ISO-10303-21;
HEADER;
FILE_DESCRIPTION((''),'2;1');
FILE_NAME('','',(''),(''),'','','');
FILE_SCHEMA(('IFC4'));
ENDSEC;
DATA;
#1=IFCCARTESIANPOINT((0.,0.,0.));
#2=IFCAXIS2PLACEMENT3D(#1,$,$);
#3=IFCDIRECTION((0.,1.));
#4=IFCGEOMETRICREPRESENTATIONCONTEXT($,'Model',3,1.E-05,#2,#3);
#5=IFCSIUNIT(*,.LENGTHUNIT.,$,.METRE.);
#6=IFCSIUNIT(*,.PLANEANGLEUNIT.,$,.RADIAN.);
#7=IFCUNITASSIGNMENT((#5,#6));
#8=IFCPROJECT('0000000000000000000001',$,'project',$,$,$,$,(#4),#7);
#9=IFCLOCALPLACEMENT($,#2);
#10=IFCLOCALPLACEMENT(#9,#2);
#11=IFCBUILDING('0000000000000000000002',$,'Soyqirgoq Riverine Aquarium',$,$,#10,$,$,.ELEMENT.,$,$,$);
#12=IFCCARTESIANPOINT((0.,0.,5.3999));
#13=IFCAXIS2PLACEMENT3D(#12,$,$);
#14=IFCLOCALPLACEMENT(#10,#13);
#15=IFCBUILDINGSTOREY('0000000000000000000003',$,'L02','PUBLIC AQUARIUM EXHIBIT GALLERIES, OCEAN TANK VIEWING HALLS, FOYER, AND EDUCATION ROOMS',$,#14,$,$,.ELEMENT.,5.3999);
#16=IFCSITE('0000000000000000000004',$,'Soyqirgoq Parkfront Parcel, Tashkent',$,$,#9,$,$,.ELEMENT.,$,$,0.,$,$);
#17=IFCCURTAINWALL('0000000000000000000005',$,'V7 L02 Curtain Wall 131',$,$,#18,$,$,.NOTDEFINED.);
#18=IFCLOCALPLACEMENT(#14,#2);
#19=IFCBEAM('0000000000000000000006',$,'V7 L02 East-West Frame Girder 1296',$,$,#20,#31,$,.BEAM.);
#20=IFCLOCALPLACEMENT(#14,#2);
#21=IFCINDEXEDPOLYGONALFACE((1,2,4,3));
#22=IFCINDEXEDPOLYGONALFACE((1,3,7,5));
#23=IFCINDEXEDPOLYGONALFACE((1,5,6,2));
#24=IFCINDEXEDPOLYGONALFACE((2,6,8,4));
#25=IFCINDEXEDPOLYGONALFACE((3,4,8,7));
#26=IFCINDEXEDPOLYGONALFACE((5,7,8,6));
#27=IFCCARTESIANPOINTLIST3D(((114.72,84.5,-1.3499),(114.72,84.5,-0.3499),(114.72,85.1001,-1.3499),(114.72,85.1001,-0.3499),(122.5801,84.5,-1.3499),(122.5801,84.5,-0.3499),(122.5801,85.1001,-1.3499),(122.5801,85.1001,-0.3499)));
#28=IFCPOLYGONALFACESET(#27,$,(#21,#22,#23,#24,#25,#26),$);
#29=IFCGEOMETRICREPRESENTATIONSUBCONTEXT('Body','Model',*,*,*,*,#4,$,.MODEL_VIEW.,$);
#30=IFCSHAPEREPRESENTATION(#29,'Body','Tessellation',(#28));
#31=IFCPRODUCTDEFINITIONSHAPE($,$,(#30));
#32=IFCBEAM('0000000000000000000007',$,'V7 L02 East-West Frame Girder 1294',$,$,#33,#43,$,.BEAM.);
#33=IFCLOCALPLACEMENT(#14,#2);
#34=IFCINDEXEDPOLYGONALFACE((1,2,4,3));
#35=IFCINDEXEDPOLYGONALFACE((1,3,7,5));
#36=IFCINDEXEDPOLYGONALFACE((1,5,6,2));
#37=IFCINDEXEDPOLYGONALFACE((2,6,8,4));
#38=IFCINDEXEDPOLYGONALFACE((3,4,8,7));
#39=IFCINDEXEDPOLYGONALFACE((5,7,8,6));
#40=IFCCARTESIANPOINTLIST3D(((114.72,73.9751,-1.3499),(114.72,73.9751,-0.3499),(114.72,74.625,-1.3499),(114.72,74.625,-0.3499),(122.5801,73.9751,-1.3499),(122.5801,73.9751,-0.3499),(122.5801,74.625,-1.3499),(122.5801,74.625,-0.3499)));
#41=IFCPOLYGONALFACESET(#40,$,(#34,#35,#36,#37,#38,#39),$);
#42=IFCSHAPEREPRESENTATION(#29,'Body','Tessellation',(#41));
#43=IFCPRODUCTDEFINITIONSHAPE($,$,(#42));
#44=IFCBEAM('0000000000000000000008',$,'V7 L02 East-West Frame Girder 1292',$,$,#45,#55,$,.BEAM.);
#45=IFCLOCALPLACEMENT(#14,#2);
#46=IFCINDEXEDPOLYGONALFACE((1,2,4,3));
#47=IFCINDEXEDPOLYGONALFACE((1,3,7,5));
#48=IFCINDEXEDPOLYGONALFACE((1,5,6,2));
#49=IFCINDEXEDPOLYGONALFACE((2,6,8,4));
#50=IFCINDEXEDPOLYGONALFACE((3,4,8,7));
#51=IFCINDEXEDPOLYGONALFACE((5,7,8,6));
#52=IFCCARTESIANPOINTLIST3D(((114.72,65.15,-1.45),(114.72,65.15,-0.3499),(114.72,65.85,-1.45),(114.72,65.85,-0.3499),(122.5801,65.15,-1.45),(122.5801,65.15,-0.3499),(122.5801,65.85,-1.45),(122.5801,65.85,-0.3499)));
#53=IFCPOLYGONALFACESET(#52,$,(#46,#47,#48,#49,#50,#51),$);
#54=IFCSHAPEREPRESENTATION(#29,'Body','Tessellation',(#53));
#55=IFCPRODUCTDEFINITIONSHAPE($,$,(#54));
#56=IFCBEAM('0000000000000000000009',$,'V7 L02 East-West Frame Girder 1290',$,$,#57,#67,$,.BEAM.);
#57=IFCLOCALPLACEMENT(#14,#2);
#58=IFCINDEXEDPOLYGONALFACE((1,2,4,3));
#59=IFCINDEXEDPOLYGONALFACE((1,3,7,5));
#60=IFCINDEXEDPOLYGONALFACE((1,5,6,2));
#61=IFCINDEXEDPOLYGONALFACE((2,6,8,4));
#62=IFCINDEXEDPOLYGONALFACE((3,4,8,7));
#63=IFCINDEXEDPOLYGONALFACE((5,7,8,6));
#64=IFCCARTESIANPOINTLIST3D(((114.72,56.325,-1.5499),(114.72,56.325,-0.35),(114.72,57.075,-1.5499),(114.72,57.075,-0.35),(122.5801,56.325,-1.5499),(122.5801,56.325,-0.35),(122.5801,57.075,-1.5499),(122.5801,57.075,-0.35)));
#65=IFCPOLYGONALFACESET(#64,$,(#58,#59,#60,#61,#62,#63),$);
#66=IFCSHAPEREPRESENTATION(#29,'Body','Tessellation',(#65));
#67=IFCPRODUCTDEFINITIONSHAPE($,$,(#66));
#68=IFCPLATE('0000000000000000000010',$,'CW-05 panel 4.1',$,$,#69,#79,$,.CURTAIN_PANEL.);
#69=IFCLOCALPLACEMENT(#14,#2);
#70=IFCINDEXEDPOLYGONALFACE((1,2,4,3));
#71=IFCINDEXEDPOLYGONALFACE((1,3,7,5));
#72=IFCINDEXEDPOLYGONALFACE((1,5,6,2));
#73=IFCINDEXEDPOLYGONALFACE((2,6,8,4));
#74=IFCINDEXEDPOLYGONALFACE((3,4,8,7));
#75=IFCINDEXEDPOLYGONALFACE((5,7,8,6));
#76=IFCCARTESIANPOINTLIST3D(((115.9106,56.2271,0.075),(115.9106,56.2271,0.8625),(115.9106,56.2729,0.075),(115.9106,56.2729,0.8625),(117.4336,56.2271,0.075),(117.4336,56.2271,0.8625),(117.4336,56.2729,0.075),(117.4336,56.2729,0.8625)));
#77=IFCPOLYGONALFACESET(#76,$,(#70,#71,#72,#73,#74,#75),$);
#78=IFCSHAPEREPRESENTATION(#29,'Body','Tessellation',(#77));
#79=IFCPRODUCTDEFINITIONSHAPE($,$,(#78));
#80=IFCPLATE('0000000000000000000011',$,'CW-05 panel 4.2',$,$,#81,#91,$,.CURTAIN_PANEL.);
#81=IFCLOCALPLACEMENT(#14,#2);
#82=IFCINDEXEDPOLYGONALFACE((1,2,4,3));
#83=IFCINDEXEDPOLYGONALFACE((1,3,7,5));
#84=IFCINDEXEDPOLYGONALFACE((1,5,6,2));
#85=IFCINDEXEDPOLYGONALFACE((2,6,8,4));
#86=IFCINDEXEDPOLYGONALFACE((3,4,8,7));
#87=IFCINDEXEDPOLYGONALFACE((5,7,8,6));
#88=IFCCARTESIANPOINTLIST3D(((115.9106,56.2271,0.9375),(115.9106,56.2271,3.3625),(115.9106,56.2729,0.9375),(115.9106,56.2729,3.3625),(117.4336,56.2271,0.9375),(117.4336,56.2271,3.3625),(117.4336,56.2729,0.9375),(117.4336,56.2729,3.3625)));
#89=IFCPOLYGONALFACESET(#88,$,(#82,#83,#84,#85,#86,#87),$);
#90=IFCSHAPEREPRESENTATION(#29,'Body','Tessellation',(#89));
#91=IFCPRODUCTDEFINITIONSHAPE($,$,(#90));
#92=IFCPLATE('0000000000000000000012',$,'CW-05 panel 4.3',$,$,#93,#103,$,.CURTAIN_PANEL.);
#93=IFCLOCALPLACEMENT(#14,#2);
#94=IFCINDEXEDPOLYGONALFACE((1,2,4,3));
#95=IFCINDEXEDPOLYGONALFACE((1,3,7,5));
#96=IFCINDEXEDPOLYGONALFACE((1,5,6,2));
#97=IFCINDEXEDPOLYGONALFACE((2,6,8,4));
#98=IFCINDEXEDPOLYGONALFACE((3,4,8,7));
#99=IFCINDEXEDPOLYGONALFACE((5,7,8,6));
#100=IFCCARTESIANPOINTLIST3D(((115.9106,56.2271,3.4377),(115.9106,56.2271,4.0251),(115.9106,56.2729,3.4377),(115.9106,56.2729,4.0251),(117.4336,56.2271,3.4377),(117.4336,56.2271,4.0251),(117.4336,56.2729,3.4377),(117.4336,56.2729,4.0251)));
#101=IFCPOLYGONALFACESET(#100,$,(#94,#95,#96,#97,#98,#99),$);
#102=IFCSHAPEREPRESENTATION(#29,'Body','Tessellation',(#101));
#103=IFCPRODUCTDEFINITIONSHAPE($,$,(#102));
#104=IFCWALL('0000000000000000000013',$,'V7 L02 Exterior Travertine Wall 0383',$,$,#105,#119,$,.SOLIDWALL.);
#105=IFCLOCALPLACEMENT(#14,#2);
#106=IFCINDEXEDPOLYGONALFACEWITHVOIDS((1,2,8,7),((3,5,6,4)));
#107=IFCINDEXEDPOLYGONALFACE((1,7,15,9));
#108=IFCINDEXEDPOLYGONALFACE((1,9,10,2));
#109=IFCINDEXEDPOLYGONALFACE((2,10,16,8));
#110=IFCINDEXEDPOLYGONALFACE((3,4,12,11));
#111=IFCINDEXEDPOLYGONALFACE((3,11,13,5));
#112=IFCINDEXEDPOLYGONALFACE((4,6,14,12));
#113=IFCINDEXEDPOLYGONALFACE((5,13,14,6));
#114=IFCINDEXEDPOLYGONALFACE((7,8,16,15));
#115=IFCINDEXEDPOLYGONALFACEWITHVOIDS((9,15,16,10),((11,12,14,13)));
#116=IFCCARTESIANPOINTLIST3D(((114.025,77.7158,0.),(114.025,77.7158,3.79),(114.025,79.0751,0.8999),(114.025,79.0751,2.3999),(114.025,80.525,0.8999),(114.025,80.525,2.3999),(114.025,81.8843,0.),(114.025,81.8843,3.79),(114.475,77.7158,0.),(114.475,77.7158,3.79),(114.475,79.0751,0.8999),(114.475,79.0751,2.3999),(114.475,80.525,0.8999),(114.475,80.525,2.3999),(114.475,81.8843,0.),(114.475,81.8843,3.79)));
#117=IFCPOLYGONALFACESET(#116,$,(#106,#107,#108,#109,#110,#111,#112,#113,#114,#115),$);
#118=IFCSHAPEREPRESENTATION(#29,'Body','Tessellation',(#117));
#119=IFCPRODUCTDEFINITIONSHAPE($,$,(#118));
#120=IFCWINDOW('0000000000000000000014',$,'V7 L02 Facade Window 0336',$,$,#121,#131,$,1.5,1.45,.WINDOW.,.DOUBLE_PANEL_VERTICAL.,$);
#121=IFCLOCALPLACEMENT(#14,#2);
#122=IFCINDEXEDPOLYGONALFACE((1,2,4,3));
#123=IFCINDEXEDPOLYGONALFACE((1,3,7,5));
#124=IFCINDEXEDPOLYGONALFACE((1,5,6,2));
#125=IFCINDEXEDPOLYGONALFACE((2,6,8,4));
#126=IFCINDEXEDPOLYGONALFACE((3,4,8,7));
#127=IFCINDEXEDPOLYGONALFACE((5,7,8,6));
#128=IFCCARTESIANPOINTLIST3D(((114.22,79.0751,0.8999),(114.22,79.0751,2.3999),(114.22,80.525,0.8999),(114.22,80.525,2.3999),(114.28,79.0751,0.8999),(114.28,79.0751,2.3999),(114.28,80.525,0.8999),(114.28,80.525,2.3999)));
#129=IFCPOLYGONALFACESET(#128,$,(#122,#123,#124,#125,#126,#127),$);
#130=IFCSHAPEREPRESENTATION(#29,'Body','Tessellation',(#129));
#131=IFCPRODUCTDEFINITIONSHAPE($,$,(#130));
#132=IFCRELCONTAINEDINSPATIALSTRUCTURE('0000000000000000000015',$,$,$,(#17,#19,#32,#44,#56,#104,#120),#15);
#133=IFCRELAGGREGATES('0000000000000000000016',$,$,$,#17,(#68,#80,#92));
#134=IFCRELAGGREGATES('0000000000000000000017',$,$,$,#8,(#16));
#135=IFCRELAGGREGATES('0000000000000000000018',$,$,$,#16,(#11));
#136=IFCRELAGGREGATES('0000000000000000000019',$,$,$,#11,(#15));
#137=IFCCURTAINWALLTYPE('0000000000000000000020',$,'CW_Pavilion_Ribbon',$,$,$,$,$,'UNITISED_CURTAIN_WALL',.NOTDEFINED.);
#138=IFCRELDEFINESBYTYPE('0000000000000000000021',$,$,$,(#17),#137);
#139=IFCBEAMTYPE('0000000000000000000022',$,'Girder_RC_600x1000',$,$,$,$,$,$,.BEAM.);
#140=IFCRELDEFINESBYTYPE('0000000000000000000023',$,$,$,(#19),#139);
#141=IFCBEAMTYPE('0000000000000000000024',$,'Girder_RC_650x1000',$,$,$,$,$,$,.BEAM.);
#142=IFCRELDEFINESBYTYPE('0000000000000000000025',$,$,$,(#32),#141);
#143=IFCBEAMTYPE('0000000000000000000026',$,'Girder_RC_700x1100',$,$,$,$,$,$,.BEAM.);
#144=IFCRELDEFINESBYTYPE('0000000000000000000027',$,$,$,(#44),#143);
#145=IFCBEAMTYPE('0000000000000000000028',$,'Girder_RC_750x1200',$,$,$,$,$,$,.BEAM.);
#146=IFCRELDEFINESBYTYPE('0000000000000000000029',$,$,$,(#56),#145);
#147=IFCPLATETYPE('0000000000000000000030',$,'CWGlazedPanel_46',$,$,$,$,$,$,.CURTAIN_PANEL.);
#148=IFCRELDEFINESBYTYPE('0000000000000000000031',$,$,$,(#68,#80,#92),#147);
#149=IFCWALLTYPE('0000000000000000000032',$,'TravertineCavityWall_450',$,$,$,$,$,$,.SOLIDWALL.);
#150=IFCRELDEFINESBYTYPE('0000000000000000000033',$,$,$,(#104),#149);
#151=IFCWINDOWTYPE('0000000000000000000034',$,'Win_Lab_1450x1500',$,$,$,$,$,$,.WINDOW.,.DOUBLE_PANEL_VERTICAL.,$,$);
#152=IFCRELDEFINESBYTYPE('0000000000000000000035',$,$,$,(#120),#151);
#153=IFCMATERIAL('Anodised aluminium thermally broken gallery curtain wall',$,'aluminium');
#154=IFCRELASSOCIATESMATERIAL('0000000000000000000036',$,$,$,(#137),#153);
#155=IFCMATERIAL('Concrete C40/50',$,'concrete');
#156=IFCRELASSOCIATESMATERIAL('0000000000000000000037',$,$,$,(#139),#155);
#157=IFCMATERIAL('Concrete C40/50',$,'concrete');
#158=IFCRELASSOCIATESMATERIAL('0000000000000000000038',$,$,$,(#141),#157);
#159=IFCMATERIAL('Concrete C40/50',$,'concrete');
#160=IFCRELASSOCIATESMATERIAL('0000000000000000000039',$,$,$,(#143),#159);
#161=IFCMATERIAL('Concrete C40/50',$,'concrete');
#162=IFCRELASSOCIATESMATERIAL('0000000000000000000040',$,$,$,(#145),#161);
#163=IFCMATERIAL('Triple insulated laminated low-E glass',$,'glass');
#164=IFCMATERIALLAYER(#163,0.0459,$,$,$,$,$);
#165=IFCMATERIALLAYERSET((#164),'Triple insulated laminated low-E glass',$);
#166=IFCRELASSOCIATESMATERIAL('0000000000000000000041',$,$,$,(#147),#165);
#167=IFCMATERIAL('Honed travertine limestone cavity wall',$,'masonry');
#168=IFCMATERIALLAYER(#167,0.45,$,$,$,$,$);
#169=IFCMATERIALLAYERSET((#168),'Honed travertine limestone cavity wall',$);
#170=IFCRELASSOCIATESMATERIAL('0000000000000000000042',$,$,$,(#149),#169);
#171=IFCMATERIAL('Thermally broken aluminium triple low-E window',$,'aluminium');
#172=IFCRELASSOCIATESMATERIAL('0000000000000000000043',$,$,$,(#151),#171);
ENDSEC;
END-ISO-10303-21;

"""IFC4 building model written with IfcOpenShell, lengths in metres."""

from ifc_helpers import new_model, si_unit, direction, frame, frame_2d, origin, origin_2d, place, context, subcontext, project, spatial, rectangle, extrude, material, layer, layer_set, material_profile, profile_set, type_object, element, fill, aggregate, save


model = new_model("IFC4")

# Units and contexts
model_context = context("Model", 3, precision=1e-05, world=origin(), true_north=direction((0.0, 1.0)))
body_context = subcontext(model_context, "Body", "Model", "MODEL_VIEW")
ifc_project = project(units=[si_unit("LENGTHUNIT", "METRE"), si_unit("PLANEANGLEUNIT", "RADIAN")], contexts=[model_context])

# Site, building, storey
site_placement = place(None, origin())
site = spatial("IfcSite", under=ifc_project, at=site_placement, Name="Soyqirgoq Parkfront Parcel, Tashkent", CompositionType="ELEMENT", RefElevation=0.0)
building_placement = place(site_placement, origin())
building = spatial("IfcBuilding", under=site, at=building_placement, Name="Soyqirgoq Riverine Aquarium", CompositionType="ELEMENT")
storey_placement = place(building_placement, frame((0.0, 0.0, 5.3999)))
storey = spatial("IfcBuildingStorey", under=building, at=storey_placement, Name="L02", Description="PUBLIC AQUARIUM EXHIBIT GALLERIES, OCEAN TANK VIEWING HALLS, FOYER, AND EDUCATION ROOMS", CompositionType="ELEMENT", Elevation=5.3999)

# Curtain wall
ifc_material_1 = material(Name="Anodised aluminium thermally broken gallery curtain wall", Category="aluminium")
curtain_wall_type = type_object("IfcCurtainWallType", Name="CW_Pavilion_Ribbon", ElementType="UNITISED_CURTAIN_WALL", PredefinedType="NOTDEFINED", material=ifc_material_1)
curtain_wall_placement = place(storey_placement, origin())
curtain_wall = element("IfcCurtainWall", 1, at=curtain_wall_placement, inside=storey, type_object=curtain_wall_type, Name="V7 L02 Curtain Wall 131", PredefinedType="NOTDEFINED")

# Beams
ifc_material_2 = material(Name="Concrete C40/50", Category="concrete")
ifc_material_profile_1 = material_profile(ifc_material_2, rectangle(XDim=0.6001, YDim=1.0, at=origin_2d()), Name="RC 600x1000")
ifc_profile_set_1 = profile_set([ifc_material_profile_1], Name="Concrete C40/50")
beam_type_1 = type_object("IfcBeamType", Name="Girder_RC_600x1000", PredefinedType="BEAM", material=ifc_profile_set_1)
beam_1_placement = place(storey_placement, frame((114.72, 84.8, -0.8499), z_axis=(1.0, 0.0, 0.0), x_axis=(0.0, 1.0, 0.0)))
element("IfcBeam", 2, at=beam_1_placement, inside=storey, type_object=beam_type_1, Name="V7 L02 East-West Frame Girder 1296", PredefinedType="BEAM", context=body_context, shape_type="SweptSolid", body=[
    extrude(rectangle(XDim=0.6001, YDim=1.0, at=origin_2d()), origin(), (0.0, 0.0, 1.0), 7.8601),
])
ifc_material_3 = material(Name="Concrete C40/50", Category="concrete")
ifc_material_profile_2 = material_profile(ifc_material_3, rectangle(XDim=0.6499, YDim=1.0, at=origin_2d()), Name="RC 650x1000")
ifc_profile_set_2 = profile_set([ifc_material_profile_2], Name="Concrete C40/50")
beam_type_2 = type_object("IfcBeamType", Name="Girder_RC_650x1000", PredefinedType="BEAM", material=ifc_profile_set_2)
beam_2_placement = place(storey_placement, frame((114.72, 74.3, -0.8499), z_axis=(1.0, 0.0, 0.0), x_axis=(0.0, 1.0, 0.0)))
element("IfcBeam", 3, at=beam_2_placement, inside=storey, type_object=beam_type_2, Name="V7 L02 East-West Frame Girder 1294", PredefinedType="BEAM", context=body_context, shape_type="SweptSolid", body=[
    extrude(rectangle(XDim=0.6499, YDim=1.0, at=origin_2d()), origin(), (0.0, 0.0, 1.0), 7.8601),
])
ifc_material_4 = material(Name="Concrete C40/50", Category="concrete")
ifc_material_profile_3 = material_profile(ifc_material_4, rectangle(XDim=0.7, YDim=1.1001, at=origin_2d()), Name="RC 700x1100")
ifc_profile_set_3 = profile_set([ifc_material_profile_3], Name="Concrete C40/50")
beam_type_3 = type_object("IfcBeamType", Name="Girder_RC_700x1100", PredefinedType="BEAM", material=ifc_profile_set_3)
beam_3_placement = place(storey_placement, frame((114.72, 65.5, -0.8999), z_axis=(1.0, 0.0, 0.0), x_axis=(0.0, 1.0, 0.0)))
element("IfcBeam", 4, at=beam_3_placement, inside=storey, type_object=beam_type_3, Name="V7 L02 East-West Frame Girder 1292", PredefinedType="BEAM", context=body_context, shape_type="SweptSolid", body=[
    extrude(rectangle(XDim=0.7, YDim=1.1001, at=origin_2d()), origin(), (0.0, 0.0, 1.0), 7.8601),
])
ifc_material_5 = material(Name="Concrete C40/50", Category="concrete")
ifc_material_profile_4 = material_profile(ifc_material_5, rectangle(XDim=0.75, YDim=1.2, at=origin_2d()), Name="RC 750x1200")
ifc_profile_set_4 = profile_set([ifc_material_profile_4], Name="Concrete C40/50")
beam_type_4 = type_object("IfcBeamType", Name="Girder_RC_750x1200", PredefinedType="BEAM", material=ifc_profile_set_4)
beam_4_placement = place(storey_placement, frame((114.72, 56.7, -0.95), z_axis=(1.0, 0.0, 0.0), x_axis=(0.0, 1.0, 0.0)))
element("IfcBeam", 5, at=beam_4_placement, inside=storey, type_object=beam_type_4, Name="V7 L02 East-West Frame Girder 1290", PredefinedType="BEAM", context=body_context, shape_type="SweptSolid", body=[
    extrude(rectangle(XDim=0.75, YDim=1.2, at=origin_2d()), origin(), (0.0, 0.0, 1.0), 7.8601),
])

# Plates
ifc_material_6 = material(Name="Triple insulated laminated low-E glass", Category="glass")
ifc_layer_1 = layer(ifc_material_6, 0.0459)
ifc_layer_set_1 = layer_set([ifc_layer_1], Name="Triple insulated laminated low-E glass")
plate_type = type_object("IfcPlateType", Name="CWGlazedPanel_46", PredefinedType="CURTAIN_PANEL", material=ifc_layer_set_1)
plate_1_placement = place(storey_placement, frame((116.6721, 56.25, 0.075), z_axis=(0.0, 0.0, 1.0), x_axis=(-1.0, 0.0, 0.0)))
plate_1 = element("IfcPlate", 6, at=plate_1_placement, type_object=plate_type, Name="CW-05 panel 4.1", PredefinedType="CURTAIN_PANEL", context=body_context, shape_type="SweptSolid", body=[
    extrude(rectangle(XDim=1.5229, YDim=0.0459, at=origin_2d()), origin(), (0.0, 0.0, 1.0), 0.7876),
])
plate_2_placement = place(storey_placement, frame((116.6721, 56.25, 0.9375), z_axis=(0.0, 0.0, 1.0), x_axis=(-1.0, 0.0, 0.0)))
plate_2 = element("IfcPlate", 7, at=plate_2_placement, type_object=plate_type, Name="CW-05 panel 4.2", PredefinedType="CURTAIN_PANEL", context=body_context, shape_type="SweptSolid", body=[
    extrude(rectangle(XDim=1.5229, YDim=0.0459, at=origin_2d()), origin(), (0.0, 0.0, 1.0), 2.425),
])
plate_3_placement = place(storey_placement, frame((116.6721, 56.25, 3.4377), z_axis=(0.0, 0.0, 1.0), x_axis=(-1.0, 0.0, 0.0)))
plate_3 = element("IfcPlate", 8, at=plate_3_placement, type_object=plate_type, Name="CW-05 panel 4.3", PredefinedType="CURTAIN_PANEL", context=body_context, shape_type="SweptSolid", body=[
    extrude(rectangle(XDim=1.5229, YDim=0.0459, at=origin_2d()), origin(), (0.0, 0.0, 1.0), 0.5874),
])
aggregate(curtain_wall, [plate_1, plate_2, plate_3])

# Wall, opening, window
ifc_material_7 = material(Name="Honed travertine limestone cavity wall", Category="masonry")
ifc_layer_2 = layer(ifc_material_7, 0.45)
ifc_layer_set_2 = layer_set([ifc_layer_2], Name="Honed travertine limestone cavity wall")
wall_type_1 = type_object("IfcWallType", Name="TravertineCavityWall_450", PredefinedType="SOLIDWALL", material=ifc_layer_set_2)
wall_1_placement = place(storey_placement, frame((114.25, 77.7158, 0.0), z_axis=(0.0, 0.0, 1.0), x_axis=(0.0, 1.0, 0.0)))
wall_1 = element("IfcWall", 9, at=wall_1_placement, inside=storey, type_object=wall_type_1, Name="V7 L02 Exterior Travertine Wall 0383", PredefinedType="SOLIDWALL", context=body_context, shape_type="SweptSolid", body=[
    extrude(rectangle(XDim=4.1685, YDim=0.45, at=frame_2d((2.0842, 0.0))), origin(), (0.0, 0.0, 1.0), 3.79),
])
opening_1_placement = place(wall_1_placement, frame((1.3591, 0.0, 0.8999)))
opening_1 = element("IfcOpeningElement", 10, at=opening_1_placement, cuts=wall_1, PredefinedType="OPENING", context=body_context, shape_type="SweptSolid", body=[
    extrude(rectangle(XDim=1.45, YDim=1.5, at=frame_2d((0.7251, 0.75))), frame((0.0, 0.2349, 0.0), z_axis=(0.0, -1.0, 0.0), x_axis=(1.0, 0.0, 0.0)), (0.0, 0.0, 1.0), 0.47),
])
ifc_material_8 = material(Name="Thermally broken aluminium triple low-E window", Category="aluminium")
window_type_1 = type_object("IfcWindowType", Name="Win_Lab_1450x1500", PartitioningType="DOUBLE_PANEL_VERTICAL", PredefinedType="WINDOW", material=ifc_material_8)
window_1_placement = place(opening_1_placement, origin())
window_1 = element("IfcWindow", 11, at=window_1_placement, inside=storey, type_object=window_type_1, Name="V7 L02 Facade Window 0336", OverallHeight=1.5, OverallWidth=1.45, PartitioningType="DOUBLE_PANEL_VERTICAL", PredefinedType="WINDOW", context=body_context, shape_type="SweptSolid", body=[
    extrude(rectangle(XDim=1.45, YDim=1.5, at=frame_2d((0.7251, 0.75))), frame((0.0, 0.03, 0.0), z_axis=(0.0, -1.0, 0.0), x_axis=(1.0, 0.0, 0.0)), (0.0, 0.0, 1.0), 0.0601),
])
fill(opening_1, window_1)

save(model, "model.ifc")
